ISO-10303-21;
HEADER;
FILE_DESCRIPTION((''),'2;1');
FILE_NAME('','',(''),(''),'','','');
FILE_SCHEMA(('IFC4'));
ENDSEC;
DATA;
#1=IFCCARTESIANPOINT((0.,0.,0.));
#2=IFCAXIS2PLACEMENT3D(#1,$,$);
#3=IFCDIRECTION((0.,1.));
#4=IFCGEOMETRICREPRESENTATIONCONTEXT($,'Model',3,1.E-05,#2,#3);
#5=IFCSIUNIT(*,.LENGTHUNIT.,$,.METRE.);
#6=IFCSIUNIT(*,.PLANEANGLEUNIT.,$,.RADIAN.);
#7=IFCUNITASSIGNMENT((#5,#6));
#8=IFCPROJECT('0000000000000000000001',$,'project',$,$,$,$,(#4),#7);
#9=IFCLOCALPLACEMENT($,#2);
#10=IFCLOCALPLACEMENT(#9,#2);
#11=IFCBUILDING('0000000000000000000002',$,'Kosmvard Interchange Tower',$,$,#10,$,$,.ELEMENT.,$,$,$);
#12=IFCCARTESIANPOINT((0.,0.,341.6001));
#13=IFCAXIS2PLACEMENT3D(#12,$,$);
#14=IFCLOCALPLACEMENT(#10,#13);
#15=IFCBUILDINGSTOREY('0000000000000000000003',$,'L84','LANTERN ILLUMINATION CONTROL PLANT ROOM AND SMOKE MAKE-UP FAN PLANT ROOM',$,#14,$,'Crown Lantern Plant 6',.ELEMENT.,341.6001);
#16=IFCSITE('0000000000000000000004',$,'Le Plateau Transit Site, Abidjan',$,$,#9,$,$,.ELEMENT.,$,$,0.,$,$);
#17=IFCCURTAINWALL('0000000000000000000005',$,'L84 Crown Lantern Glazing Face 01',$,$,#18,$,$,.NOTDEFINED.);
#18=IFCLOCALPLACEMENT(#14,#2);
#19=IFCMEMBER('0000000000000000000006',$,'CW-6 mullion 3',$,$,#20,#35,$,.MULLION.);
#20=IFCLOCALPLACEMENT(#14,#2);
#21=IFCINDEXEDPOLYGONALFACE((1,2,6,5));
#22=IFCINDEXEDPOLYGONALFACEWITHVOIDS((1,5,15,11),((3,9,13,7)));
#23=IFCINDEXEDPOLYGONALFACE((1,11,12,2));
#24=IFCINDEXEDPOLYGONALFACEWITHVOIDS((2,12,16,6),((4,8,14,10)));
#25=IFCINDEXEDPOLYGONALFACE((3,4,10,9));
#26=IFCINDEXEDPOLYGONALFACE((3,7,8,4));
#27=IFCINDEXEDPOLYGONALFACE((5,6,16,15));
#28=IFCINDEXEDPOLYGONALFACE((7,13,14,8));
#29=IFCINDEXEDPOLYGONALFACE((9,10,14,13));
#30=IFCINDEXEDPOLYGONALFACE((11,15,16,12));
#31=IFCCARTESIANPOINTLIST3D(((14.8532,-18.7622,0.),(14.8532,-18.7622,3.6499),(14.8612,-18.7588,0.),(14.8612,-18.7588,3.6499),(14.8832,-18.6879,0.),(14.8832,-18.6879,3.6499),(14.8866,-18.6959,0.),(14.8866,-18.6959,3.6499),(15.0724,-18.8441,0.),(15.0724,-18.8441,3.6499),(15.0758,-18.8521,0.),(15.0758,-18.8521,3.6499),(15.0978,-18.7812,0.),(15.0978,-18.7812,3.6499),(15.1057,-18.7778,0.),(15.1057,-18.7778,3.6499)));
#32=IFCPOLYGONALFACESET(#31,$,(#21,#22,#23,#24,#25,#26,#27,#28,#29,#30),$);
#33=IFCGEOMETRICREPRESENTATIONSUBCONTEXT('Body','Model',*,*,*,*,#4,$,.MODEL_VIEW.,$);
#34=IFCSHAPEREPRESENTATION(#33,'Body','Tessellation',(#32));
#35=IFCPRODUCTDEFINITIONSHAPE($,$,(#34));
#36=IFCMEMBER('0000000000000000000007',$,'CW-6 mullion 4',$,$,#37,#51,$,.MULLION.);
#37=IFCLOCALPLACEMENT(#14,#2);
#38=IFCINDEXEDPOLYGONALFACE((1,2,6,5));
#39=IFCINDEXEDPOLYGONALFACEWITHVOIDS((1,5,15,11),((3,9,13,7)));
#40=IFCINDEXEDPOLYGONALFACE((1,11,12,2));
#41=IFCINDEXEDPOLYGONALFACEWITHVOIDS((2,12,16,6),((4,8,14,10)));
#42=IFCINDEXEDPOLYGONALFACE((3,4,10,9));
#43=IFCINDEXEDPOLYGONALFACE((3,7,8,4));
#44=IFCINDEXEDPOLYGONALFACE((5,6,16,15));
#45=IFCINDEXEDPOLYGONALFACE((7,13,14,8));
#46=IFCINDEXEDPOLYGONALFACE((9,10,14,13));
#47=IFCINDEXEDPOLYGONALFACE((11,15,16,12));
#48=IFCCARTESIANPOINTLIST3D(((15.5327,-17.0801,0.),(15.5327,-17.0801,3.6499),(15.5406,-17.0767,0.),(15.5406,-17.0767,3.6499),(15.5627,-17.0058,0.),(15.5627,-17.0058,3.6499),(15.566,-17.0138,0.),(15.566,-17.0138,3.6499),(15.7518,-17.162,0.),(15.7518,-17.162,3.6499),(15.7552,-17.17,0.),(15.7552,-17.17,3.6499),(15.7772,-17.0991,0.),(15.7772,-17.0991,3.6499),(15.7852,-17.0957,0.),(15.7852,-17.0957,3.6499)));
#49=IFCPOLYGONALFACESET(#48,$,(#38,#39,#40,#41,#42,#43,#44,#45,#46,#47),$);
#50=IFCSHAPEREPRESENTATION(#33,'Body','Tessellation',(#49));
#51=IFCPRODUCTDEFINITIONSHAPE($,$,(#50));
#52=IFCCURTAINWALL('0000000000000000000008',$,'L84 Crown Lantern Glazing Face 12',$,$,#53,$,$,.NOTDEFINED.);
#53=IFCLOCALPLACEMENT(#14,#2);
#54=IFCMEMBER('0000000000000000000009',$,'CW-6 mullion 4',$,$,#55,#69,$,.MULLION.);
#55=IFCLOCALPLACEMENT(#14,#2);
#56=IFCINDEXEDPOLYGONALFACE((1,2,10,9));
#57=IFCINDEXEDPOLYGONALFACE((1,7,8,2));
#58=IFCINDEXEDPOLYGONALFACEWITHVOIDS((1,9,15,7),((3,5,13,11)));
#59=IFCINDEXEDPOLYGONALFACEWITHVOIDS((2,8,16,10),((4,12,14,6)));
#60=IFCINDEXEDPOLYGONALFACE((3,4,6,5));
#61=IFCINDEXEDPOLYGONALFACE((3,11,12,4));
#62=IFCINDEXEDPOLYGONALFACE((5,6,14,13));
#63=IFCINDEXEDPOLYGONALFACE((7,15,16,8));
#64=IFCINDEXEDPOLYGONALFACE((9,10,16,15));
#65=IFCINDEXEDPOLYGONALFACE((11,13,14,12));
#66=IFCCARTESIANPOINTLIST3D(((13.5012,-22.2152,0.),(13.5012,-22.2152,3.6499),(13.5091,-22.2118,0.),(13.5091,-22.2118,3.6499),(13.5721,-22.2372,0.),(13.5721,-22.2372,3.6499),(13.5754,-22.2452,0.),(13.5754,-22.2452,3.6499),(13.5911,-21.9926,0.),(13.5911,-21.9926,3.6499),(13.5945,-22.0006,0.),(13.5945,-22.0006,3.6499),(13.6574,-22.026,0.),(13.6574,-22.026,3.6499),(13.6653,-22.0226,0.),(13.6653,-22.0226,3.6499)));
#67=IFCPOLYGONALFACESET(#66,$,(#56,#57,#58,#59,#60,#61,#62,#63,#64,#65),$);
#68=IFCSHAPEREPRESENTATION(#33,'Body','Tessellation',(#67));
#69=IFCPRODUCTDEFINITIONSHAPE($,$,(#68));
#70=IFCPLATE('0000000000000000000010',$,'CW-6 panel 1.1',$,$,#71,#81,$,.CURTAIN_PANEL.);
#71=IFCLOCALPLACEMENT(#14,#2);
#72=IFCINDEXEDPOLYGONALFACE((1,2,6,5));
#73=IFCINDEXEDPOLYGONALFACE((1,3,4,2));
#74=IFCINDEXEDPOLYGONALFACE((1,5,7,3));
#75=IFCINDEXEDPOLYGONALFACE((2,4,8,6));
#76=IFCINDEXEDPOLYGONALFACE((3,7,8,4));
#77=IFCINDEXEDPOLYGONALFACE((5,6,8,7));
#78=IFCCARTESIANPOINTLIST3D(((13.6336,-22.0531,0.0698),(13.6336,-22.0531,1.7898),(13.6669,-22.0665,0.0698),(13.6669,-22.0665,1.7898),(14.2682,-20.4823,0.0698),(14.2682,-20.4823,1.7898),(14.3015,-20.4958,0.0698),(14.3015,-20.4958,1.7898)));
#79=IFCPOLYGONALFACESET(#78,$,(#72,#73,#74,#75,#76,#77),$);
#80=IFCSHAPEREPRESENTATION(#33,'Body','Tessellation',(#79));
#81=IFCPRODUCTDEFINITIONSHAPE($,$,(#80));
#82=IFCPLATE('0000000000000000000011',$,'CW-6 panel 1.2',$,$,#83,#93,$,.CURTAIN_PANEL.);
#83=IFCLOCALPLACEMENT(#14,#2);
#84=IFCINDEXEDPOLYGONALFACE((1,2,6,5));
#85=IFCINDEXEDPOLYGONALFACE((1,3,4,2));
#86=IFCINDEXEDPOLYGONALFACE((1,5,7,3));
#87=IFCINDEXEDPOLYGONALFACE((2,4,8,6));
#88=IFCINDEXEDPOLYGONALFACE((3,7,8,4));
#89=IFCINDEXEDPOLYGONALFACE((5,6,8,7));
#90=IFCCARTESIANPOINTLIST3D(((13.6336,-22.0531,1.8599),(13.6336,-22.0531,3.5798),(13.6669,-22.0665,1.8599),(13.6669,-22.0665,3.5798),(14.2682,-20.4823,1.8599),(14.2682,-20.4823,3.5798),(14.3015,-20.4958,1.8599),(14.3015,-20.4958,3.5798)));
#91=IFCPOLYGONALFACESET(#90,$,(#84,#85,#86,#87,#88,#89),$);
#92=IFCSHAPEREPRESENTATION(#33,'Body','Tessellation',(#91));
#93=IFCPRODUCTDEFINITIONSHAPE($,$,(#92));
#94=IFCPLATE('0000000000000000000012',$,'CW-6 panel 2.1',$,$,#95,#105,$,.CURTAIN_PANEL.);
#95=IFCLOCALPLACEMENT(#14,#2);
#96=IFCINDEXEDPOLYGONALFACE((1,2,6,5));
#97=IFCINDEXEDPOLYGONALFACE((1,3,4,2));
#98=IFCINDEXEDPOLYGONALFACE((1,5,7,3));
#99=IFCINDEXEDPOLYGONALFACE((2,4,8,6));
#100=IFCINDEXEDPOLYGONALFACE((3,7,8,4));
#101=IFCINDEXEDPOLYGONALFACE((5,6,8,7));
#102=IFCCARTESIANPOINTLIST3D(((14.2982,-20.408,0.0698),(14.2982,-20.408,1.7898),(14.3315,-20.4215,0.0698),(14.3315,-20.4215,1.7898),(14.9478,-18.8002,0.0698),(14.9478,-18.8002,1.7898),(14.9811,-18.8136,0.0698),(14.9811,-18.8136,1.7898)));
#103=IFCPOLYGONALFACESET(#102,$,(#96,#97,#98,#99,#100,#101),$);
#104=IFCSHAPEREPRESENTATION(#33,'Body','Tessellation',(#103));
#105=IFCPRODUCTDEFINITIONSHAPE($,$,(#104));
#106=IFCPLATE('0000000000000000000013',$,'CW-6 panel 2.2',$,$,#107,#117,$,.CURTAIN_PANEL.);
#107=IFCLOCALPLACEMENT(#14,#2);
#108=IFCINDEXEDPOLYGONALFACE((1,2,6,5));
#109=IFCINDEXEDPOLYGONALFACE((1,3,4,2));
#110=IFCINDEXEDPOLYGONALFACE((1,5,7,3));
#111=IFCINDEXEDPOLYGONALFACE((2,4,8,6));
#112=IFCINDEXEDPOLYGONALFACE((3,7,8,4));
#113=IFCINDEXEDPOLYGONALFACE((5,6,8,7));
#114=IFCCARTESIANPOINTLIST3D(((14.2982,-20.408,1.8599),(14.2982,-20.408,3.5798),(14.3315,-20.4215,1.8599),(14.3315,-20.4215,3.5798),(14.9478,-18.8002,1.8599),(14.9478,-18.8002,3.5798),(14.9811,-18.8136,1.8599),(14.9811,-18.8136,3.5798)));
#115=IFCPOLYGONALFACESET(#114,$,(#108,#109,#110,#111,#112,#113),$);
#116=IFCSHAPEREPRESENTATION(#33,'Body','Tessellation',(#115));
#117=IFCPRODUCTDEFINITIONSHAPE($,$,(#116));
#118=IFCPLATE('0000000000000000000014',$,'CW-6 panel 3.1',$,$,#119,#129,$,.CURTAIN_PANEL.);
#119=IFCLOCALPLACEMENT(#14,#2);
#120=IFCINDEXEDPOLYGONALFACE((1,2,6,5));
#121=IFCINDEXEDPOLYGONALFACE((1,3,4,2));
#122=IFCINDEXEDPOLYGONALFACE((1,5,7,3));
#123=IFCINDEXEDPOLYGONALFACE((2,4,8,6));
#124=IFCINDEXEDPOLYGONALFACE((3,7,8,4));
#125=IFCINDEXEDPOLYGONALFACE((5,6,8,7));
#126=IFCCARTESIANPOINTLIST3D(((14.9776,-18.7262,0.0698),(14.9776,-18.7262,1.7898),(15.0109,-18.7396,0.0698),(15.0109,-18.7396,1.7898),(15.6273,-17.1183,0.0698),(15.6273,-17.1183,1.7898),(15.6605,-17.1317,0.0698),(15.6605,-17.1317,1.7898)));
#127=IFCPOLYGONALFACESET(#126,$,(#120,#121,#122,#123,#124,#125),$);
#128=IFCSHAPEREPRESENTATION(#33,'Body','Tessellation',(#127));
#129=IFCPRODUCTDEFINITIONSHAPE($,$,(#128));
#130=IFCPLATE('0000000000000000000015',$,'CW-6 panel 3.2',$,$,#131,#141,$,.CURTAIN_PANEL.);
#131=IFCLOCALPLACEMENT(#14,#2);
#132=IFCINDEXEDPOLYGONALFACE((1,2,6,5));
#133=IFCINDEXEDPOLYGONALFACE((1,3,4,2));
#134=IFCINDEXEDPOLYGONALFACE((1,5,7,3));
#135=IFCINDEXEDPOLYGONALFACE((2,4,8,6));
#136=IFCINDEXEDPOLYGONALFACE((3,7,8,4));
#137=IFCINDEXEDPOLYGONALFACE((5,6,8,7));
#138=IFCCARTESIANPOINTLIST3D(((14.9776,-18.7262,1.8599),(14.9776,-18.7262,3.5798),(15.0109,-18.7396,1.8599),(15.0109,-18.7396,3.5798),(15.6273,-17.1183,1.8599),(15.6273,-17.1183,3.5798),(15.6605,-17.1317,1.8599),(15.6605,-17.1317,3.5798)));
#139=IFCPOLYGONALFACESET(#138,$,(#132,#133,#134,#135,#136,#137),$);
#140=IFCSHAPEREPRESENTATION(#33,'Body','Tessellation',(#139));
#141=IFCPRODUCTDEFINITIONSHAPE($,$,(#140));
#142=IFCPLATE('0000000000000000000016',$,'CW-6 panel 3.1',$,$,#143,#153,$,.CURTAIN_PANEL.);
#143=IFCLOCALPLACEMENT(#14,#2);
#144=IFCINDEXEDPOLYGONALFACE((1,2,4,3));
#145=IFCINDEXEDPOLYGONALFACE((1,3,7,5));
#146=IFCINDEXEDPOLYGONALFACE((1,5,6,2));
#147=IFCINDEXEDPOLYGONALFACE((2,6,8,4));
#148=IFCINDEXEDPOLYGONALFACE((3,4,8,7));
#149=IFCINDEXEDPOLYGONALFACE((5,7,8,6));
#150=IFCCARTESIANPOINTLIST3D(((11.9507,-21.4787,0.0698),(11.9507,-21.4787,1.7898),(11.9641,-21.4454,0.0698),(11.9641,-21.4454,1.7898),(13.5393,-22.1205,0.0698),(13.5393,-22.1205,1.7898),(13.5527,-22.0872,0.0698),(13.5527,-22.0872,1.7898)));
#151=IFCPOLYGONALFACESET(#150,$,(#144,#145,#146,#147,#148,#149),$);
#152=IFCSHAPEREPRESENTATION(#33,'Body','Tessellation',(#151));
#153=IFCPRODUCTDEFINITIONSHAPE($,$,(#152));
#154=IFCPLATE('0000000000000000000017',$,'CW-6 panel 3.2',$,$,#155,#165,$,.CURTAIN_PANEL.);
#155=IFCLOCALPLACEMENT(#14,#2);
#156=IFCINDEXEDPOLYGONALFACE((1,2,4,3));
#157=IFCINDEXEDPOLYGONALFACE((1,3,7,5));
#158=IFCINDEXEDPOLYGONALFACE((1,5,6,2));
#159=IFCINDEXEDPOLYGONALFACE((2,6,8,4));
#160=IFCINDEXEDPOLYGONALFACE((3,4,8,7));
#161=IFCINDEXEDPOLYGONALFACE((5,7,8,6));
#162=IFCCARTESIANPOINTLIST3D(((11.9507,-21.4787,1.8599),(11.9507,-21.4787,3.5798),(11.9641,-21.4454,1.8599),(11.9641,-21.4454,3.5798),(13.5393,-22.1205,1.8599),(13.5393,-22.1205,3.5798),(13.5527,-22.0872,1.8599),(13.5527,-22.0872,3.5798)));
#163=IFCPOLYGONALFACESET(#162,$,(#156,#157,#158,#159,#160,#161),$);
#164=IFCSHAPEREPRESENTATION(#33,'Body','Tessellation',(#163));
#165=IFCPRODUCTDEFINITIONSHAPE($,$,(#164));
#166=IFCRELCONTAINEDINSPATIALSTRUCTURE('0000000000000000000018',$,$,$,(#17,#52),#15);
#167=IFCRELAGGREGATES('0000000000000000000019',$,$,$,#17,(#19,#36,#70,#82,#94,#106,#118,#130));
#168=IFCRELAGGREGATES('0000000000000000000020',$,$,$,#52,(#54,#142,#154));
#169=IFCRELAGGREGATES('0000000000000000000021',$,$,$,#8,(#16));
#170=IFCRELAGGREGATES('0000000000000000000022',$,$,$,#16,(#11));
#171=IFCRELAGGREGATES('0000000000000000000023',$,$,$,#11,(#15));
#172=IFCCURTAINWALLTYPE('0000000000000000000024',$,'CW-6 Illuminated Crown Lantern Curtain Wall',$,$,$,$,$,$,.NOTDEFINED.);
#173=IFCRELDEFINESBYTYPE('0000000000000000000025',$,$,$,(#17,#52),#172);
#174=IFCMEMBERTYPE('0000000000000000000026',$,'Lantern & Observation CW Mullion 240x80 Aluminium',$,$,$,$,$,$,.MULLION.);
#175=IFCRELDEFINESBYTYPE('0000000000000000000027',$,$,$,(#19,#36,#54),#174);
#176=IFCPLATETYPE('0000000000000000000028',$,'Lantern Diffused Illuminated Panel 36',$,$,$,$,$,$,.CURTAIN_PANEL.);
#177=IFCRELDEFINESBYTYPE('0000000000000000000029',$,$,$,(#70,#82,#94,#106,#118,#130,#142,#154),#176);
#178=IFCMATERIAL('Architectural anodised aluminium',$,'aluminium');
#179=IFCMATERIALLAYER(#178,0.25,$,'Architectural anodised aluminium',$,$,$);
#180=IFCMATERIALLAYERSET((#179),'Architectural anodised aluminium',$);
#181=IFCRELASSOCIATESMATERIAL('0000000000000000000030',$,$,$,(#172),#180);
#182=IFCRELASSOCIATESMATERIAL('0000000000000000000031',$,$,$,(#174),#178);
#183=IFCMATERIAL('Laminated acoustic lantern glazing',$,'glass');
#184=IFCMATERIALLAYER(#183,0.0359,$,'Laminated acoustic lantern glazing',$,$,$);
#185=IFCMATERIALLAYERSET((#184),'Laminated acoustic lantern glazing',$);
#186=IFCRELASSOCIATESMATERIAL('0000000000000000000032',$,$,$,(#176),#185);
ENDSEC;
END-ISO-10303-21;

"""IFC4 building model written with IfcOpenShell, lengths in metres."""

from ifc_helpers import new_model, si_unit, direction, frame, origin, origin_2d, place, context, subcontext, project, spatial, rectangle, hollow_rectangle, extrude, source, transform, mapped, material, layer, layer_set, material_profile, profile_set, type_object, element, aggregate, save


model = new_model("IFC4")

# Units and contexts
model_context = context("Model", 3, precision=1e-05, world=origin(), true_north=direction((0.0, 1.0)))
body_context = subcontext(model_context, "Body", "Model", "MODEL_VIEW")
ifc_project = project(units=[si_unit("LENGTHUNIT", "METRE"), si_unit("PLANEANGLEUNIT", "RADIAN")], contexts=[model_context])

# Site, building, storey
site_placement = place(None, origin())
site = spatial("IfcSite", under=ifc_project, at=site_placement, Name="Le Plateau Transit Site, Abidjan", CompositionType="ELEMENT", RefElevation=0.0)
building_placement = place(site_placement, origin())
building = spatial("IfcBuilding", under=site, at=building_placement, Name="Kosmvard Interchange Tower", CompositionType="ELEMENT")
storey_placement = place(building_placement, frame((0.0, 0.0, 341.6001)))
storey = spatial("IfcBuildingStorey", under=building, at=storey_placement, Name="L84", Description="LANTERN ILLUMINATION CONTROL PLANT ROOM AND SMOKE MAKE-UP FAN PLANT ROOM", LongName="Crown Lantern Plant 6", CompositionType="ELEMENT", Elevation=341.6001)

# Curtain wall, members
ifc_material_1 = material(Name="Architectural anodised aluminium", Category="aluminium")
ifc_layer_1 = layer(ifc_material_1, 0.25, Name="Architectural anodised aluminium")
ifc_layer_set_1 = layer_set([ifc_layer_1], Name="Architectural anodised aluminium")
curtain_wall_type = type_object("IfcCurtainWallType", Name="CW-6 Illuminated Crown Lantern Curtain Wall", PredefinedType="NOTDEFINED", material=ifc_layer_set_1)
curtain_wall_1_placement = place(storey_placement, origin())
curtain_wall_1 = element("IfcCurtainWall", 1, at=curtain_wall_1_placement, inside=storey, type_object=curtain_wall_type, Name="L84 Crown Lantern Glazing Face 01", PredefinedType="NOTDEFINED")
ifc_material_profile_1 = material_profile(ifc_material_1, hollow_rectangle(XDim=0.24, YDim=0.0801, WallThickness=0.0061, at=origin_2d()), Name="CWM 240x80x6")
ifc_profile_set_1 = profile_set([ifc_material_profile_1], Name="Architectural anodised aluminium")
member_type_1 = type_object("IfcMemberType", Name="Lantern & Observation CW Mullion 240x80 Aluminium", PredefinedType="MULLION", material=ifc_profile_set_1)
shared_shape_1 = source(origin(), body_context, "Body", "SweptSolid", [
    extrude(hollow_rectangle(XDim=0.24, YDim=0.0801, WallThickness=0.0061, at=origin_2d()), origin(), (0.0, 0.0, 1.0), 3.6499),
])
member_1_placement = place(storey_placement, frame((14.9795, -18.77, 0.0), z_axis=(0.0, 0.0, 1.0), x_axis=(-0.927184, 0.374607, 0.0)))
member_1 = element("IfcMember", 2, at=member_1_placement, type_object=member_type_1, Name="CW-6 mullion 3", PredefinedType="MULLION", context=body_context, shape_type="MappedRepresentation", body=[
    mapped(shared_shape_1, transform((0.0, 0.0, 0.0), scale=1.0)),
])
member_2_placement = place(storey_placement, frame((15.6589, -17.0879, 0.0), z_axis=(0.0, 0.0, 1.0), x_axis=(-0.927184, 0.374607, 0.0)))
member_2 = element("IfcMember", 3, at=member_2_placement, type_object=member_type_1, Name="CW-6 mullion 4", PredefinedType="MULLION", context=body_context, shape_type="MappedRepresentation", body=[
    mapped(shared_shape_1, transform((0.0, 0.0, 0.0), scale=1.0)),
])

# Curtain wall, member
curtain_wall_2_placement = place(storey_placement, origin())
curtain_wall_2 = element("IfcCurtainWall", 4, at=curtain_wall_2_placement, inside=storey, type_object=curtain_wall_type, Name="L84 Crown Lantern Glazing Face 12", PredefinedType="NOTDEFINED")
member_3_placement = place(storey_placement, frame((13.5833, -22.1189, 0.0), z_axis=(0.0, 0.0, 1.0), x_axis=(0.374607, 0.927184, 0.0)))
member_3 = element("IfcMember", 5, at=member_3_placement, type_object=member_type_1, Name="CW-6 mullion 4", PredefinedType="MULLION", context=body_context, shape_type="MappedRepresentation", body=[
    mapped(shared_shape_1, transform((0.0, 0.0, 0.0), scale=1.0)),
])

# Plates
ifc_material_2 = material(Name="Laminated acoustic lantern glazing", Category="glass")
ifc_layer_2 = layer(ifc_material_2, 0.0359, Name="Laminated acoustic lantern glazing")
ifc_layer_set_2 = layer_set([ifc_layer_2], Name="Laminated acoustic lantern glazing")
plate_type = type_object("IfcPlateType", Name="Lantern Diffused Illuminated Panel 36", PredefinedType="CURTAIN_PANEL", material=ifc_layer_set_2)
shared_shape_2 = source(origin(), body_context, "Body", "SweptSolid", [
    extrude(rectangle(XDim=1.6941, YDim=0.0359, at=origin_2d()), origin(), (0.0, 0.0, 1.0), 1.72),
])
plate_1_placement = place(storey_placement, frame((13.9675, -21.2744, 0.0698), z_axis=(0.0, 0.0, 1.0), x_axis=(0.374607, 0.927184, 0.0)))
plate_1 = element("IfcPlate", 6, at=plate_1_placement, type_object=plate_type, Name="CW-6 panel 1.1", PredefinedType="CURTAIN_PANEL", context=body_context, shape_type="MappedRepresentation", body=[
    mapped(shared_shape_2, transform((0.0, 0.0, 0.0), scale=1.0)),
])
plate_2_placement = place(storey_placement, frame((13.9675, -21.2744, 1.8599), z_axis=(0.0, 0.0, 1.0), x_axis=(0.374607, 0.927184, 0.0)))
plate_2 = element("IfcPlate", 7, at=plate_2_placement, type_object=plate_type, Name="CW-6 panel 1.2", PredefinedType="CURTAIN_PANEL", context=body_context, shape_type="MappedRepresentation", body=[
    mapped(shared_shape_2, transform((0.0, 0.0, 0.0), scale=1.0)),
])
shared_shape_3 = source(origin(), body_context, "Body", "SweptSolid", [
    extrude(rectangle(XDim=1.7341, YDim=0.0359, at=origin_2d()), origin(), (0.0, 0.0, 1.0), 1.72),
])
plate_3_placement = place(storey_placement, frame((14.6396, -19.6108, 0.0698), z_axis=(0.0, 0.0, 1.0), x_axis=(0.374607, 0.927184, 0.0)))
plate_3 = element("IfcPlate", 8, at=plate_3_placement, type_object=plate_type, Name="CW-6 panel 2.1", PredefinedType="CURTAIN_PANEL", context=body_context, shape_type="MappedRepresentation", body=[
    mapped(shared_shape_3, transform((0.0, 0.0, 0.0), scale=1.0)),
])
plate_4_placement = place(storey_placement, frame((14.6396, -19.6108, 1.8599), z_axis=(0.0, 0.0, 1.0), x_axis=(0.374607, 0.927184, 0.0)))
plate_4 = element("IfcPlate", 9, at=plate_4_placement, type_object=plate_type, Name="CW-6 panel 2.2", PredefinedType="CURTAIN_PANEL", context=body_context, shape_type="MappedRepresentation", body=[
    mapped(shared_shape_3, transform((0.0, 0.0, 0.0), scale=1.0)),
])
plate_5_placement = place(storey_placement, frame((15.3191, -17.929, 0.0698), z_axis=(0.0, 0.0, 1.0), x_axis=(0.374607, 0.927184, 0.0)))
plate_5 = element("IfcPlate", 10, at=plate_5_placement, type_object=plate_type, Name="CW-6 panel 3.1", PredefinedType="CURTAIN_PANEL", context=body_context, shape_type="MappedRepresentation", body=[
    mapped(shared_shape_3, transform((0.0, 0.0, 0.0), scale=1.0)),
])
plate_6_placement = place(storey_placement, frame((15.3191, -17.929, 1.8599), z_axis=(0.0, 0.0, 1.0), x_axis=(0.374607, 0.927184, 0.0)))
plate_6 = element("IfcPlate", 11, at=plate_6_placement, type_object=plate_type, Name="CW-6 panel 3.2", PredefinedType="CURTAIN_PANEL", context=body_context, shape_type="MappedRepresentation", body=[
    mapped(shared_shape_3, transform((0.0, 0.0, 0.0), scale=1.0)),
])
aggregate(curtain_wall_1, [member_1, member_2, plate_1, plate_2, plate_3, plate_4, plate_5, plate_6])
shared_shape_4 = source(origin(), body_context, "Body", "SweptSolid", [
    extrude(rectangle(XDim=1.7134, YDim=0.0359, at=origin_2d()), origin(), (0.0, 0.0, 1.0), 1.72),
])
plate_7_placement = place(storey_placement, frame((12.7517, -21.783, 0.0698), z_axis=(0.0, 0.0, 1.0), x_axis=(0.927184, -0.374607, 0.0)))
plate_7 = element("IfcPlate", 12, at=plate_7_placement, type_object=plate_type, Name="CW-6 panel 3.1", PredefinedType="CURTAIN_PANEL", context=body_context, shape_type="MappedRepresentation", body=[
    mapped(shared_shape_4, transform((0.0, 0.0, 0.0), scale=1.0)),
])
plate_8_placement = place(storey_placement, frame((12.7517, -21.783, 1.8599), z_axis=(0.0, 0.0, 1.0), x_axis=(0.927184, -0.374607, 0.0)))
plate_8 = element("IfcPlate", 13, at=plate_8_placement, type_object=plate_type, Name="CW-6 panel 3.2", PredefinedType="CURTAIN_PANEL", context=body_context, shape_type="MappedRepresentation", body=[
    mapped(shared_shape_4, transform((0.0, 0.0, 0.0), scale=1.0)),
])
aggregate(curtain_wall_2, [member_3, plate_7, plate_8])

save(model, "model.ifc")
